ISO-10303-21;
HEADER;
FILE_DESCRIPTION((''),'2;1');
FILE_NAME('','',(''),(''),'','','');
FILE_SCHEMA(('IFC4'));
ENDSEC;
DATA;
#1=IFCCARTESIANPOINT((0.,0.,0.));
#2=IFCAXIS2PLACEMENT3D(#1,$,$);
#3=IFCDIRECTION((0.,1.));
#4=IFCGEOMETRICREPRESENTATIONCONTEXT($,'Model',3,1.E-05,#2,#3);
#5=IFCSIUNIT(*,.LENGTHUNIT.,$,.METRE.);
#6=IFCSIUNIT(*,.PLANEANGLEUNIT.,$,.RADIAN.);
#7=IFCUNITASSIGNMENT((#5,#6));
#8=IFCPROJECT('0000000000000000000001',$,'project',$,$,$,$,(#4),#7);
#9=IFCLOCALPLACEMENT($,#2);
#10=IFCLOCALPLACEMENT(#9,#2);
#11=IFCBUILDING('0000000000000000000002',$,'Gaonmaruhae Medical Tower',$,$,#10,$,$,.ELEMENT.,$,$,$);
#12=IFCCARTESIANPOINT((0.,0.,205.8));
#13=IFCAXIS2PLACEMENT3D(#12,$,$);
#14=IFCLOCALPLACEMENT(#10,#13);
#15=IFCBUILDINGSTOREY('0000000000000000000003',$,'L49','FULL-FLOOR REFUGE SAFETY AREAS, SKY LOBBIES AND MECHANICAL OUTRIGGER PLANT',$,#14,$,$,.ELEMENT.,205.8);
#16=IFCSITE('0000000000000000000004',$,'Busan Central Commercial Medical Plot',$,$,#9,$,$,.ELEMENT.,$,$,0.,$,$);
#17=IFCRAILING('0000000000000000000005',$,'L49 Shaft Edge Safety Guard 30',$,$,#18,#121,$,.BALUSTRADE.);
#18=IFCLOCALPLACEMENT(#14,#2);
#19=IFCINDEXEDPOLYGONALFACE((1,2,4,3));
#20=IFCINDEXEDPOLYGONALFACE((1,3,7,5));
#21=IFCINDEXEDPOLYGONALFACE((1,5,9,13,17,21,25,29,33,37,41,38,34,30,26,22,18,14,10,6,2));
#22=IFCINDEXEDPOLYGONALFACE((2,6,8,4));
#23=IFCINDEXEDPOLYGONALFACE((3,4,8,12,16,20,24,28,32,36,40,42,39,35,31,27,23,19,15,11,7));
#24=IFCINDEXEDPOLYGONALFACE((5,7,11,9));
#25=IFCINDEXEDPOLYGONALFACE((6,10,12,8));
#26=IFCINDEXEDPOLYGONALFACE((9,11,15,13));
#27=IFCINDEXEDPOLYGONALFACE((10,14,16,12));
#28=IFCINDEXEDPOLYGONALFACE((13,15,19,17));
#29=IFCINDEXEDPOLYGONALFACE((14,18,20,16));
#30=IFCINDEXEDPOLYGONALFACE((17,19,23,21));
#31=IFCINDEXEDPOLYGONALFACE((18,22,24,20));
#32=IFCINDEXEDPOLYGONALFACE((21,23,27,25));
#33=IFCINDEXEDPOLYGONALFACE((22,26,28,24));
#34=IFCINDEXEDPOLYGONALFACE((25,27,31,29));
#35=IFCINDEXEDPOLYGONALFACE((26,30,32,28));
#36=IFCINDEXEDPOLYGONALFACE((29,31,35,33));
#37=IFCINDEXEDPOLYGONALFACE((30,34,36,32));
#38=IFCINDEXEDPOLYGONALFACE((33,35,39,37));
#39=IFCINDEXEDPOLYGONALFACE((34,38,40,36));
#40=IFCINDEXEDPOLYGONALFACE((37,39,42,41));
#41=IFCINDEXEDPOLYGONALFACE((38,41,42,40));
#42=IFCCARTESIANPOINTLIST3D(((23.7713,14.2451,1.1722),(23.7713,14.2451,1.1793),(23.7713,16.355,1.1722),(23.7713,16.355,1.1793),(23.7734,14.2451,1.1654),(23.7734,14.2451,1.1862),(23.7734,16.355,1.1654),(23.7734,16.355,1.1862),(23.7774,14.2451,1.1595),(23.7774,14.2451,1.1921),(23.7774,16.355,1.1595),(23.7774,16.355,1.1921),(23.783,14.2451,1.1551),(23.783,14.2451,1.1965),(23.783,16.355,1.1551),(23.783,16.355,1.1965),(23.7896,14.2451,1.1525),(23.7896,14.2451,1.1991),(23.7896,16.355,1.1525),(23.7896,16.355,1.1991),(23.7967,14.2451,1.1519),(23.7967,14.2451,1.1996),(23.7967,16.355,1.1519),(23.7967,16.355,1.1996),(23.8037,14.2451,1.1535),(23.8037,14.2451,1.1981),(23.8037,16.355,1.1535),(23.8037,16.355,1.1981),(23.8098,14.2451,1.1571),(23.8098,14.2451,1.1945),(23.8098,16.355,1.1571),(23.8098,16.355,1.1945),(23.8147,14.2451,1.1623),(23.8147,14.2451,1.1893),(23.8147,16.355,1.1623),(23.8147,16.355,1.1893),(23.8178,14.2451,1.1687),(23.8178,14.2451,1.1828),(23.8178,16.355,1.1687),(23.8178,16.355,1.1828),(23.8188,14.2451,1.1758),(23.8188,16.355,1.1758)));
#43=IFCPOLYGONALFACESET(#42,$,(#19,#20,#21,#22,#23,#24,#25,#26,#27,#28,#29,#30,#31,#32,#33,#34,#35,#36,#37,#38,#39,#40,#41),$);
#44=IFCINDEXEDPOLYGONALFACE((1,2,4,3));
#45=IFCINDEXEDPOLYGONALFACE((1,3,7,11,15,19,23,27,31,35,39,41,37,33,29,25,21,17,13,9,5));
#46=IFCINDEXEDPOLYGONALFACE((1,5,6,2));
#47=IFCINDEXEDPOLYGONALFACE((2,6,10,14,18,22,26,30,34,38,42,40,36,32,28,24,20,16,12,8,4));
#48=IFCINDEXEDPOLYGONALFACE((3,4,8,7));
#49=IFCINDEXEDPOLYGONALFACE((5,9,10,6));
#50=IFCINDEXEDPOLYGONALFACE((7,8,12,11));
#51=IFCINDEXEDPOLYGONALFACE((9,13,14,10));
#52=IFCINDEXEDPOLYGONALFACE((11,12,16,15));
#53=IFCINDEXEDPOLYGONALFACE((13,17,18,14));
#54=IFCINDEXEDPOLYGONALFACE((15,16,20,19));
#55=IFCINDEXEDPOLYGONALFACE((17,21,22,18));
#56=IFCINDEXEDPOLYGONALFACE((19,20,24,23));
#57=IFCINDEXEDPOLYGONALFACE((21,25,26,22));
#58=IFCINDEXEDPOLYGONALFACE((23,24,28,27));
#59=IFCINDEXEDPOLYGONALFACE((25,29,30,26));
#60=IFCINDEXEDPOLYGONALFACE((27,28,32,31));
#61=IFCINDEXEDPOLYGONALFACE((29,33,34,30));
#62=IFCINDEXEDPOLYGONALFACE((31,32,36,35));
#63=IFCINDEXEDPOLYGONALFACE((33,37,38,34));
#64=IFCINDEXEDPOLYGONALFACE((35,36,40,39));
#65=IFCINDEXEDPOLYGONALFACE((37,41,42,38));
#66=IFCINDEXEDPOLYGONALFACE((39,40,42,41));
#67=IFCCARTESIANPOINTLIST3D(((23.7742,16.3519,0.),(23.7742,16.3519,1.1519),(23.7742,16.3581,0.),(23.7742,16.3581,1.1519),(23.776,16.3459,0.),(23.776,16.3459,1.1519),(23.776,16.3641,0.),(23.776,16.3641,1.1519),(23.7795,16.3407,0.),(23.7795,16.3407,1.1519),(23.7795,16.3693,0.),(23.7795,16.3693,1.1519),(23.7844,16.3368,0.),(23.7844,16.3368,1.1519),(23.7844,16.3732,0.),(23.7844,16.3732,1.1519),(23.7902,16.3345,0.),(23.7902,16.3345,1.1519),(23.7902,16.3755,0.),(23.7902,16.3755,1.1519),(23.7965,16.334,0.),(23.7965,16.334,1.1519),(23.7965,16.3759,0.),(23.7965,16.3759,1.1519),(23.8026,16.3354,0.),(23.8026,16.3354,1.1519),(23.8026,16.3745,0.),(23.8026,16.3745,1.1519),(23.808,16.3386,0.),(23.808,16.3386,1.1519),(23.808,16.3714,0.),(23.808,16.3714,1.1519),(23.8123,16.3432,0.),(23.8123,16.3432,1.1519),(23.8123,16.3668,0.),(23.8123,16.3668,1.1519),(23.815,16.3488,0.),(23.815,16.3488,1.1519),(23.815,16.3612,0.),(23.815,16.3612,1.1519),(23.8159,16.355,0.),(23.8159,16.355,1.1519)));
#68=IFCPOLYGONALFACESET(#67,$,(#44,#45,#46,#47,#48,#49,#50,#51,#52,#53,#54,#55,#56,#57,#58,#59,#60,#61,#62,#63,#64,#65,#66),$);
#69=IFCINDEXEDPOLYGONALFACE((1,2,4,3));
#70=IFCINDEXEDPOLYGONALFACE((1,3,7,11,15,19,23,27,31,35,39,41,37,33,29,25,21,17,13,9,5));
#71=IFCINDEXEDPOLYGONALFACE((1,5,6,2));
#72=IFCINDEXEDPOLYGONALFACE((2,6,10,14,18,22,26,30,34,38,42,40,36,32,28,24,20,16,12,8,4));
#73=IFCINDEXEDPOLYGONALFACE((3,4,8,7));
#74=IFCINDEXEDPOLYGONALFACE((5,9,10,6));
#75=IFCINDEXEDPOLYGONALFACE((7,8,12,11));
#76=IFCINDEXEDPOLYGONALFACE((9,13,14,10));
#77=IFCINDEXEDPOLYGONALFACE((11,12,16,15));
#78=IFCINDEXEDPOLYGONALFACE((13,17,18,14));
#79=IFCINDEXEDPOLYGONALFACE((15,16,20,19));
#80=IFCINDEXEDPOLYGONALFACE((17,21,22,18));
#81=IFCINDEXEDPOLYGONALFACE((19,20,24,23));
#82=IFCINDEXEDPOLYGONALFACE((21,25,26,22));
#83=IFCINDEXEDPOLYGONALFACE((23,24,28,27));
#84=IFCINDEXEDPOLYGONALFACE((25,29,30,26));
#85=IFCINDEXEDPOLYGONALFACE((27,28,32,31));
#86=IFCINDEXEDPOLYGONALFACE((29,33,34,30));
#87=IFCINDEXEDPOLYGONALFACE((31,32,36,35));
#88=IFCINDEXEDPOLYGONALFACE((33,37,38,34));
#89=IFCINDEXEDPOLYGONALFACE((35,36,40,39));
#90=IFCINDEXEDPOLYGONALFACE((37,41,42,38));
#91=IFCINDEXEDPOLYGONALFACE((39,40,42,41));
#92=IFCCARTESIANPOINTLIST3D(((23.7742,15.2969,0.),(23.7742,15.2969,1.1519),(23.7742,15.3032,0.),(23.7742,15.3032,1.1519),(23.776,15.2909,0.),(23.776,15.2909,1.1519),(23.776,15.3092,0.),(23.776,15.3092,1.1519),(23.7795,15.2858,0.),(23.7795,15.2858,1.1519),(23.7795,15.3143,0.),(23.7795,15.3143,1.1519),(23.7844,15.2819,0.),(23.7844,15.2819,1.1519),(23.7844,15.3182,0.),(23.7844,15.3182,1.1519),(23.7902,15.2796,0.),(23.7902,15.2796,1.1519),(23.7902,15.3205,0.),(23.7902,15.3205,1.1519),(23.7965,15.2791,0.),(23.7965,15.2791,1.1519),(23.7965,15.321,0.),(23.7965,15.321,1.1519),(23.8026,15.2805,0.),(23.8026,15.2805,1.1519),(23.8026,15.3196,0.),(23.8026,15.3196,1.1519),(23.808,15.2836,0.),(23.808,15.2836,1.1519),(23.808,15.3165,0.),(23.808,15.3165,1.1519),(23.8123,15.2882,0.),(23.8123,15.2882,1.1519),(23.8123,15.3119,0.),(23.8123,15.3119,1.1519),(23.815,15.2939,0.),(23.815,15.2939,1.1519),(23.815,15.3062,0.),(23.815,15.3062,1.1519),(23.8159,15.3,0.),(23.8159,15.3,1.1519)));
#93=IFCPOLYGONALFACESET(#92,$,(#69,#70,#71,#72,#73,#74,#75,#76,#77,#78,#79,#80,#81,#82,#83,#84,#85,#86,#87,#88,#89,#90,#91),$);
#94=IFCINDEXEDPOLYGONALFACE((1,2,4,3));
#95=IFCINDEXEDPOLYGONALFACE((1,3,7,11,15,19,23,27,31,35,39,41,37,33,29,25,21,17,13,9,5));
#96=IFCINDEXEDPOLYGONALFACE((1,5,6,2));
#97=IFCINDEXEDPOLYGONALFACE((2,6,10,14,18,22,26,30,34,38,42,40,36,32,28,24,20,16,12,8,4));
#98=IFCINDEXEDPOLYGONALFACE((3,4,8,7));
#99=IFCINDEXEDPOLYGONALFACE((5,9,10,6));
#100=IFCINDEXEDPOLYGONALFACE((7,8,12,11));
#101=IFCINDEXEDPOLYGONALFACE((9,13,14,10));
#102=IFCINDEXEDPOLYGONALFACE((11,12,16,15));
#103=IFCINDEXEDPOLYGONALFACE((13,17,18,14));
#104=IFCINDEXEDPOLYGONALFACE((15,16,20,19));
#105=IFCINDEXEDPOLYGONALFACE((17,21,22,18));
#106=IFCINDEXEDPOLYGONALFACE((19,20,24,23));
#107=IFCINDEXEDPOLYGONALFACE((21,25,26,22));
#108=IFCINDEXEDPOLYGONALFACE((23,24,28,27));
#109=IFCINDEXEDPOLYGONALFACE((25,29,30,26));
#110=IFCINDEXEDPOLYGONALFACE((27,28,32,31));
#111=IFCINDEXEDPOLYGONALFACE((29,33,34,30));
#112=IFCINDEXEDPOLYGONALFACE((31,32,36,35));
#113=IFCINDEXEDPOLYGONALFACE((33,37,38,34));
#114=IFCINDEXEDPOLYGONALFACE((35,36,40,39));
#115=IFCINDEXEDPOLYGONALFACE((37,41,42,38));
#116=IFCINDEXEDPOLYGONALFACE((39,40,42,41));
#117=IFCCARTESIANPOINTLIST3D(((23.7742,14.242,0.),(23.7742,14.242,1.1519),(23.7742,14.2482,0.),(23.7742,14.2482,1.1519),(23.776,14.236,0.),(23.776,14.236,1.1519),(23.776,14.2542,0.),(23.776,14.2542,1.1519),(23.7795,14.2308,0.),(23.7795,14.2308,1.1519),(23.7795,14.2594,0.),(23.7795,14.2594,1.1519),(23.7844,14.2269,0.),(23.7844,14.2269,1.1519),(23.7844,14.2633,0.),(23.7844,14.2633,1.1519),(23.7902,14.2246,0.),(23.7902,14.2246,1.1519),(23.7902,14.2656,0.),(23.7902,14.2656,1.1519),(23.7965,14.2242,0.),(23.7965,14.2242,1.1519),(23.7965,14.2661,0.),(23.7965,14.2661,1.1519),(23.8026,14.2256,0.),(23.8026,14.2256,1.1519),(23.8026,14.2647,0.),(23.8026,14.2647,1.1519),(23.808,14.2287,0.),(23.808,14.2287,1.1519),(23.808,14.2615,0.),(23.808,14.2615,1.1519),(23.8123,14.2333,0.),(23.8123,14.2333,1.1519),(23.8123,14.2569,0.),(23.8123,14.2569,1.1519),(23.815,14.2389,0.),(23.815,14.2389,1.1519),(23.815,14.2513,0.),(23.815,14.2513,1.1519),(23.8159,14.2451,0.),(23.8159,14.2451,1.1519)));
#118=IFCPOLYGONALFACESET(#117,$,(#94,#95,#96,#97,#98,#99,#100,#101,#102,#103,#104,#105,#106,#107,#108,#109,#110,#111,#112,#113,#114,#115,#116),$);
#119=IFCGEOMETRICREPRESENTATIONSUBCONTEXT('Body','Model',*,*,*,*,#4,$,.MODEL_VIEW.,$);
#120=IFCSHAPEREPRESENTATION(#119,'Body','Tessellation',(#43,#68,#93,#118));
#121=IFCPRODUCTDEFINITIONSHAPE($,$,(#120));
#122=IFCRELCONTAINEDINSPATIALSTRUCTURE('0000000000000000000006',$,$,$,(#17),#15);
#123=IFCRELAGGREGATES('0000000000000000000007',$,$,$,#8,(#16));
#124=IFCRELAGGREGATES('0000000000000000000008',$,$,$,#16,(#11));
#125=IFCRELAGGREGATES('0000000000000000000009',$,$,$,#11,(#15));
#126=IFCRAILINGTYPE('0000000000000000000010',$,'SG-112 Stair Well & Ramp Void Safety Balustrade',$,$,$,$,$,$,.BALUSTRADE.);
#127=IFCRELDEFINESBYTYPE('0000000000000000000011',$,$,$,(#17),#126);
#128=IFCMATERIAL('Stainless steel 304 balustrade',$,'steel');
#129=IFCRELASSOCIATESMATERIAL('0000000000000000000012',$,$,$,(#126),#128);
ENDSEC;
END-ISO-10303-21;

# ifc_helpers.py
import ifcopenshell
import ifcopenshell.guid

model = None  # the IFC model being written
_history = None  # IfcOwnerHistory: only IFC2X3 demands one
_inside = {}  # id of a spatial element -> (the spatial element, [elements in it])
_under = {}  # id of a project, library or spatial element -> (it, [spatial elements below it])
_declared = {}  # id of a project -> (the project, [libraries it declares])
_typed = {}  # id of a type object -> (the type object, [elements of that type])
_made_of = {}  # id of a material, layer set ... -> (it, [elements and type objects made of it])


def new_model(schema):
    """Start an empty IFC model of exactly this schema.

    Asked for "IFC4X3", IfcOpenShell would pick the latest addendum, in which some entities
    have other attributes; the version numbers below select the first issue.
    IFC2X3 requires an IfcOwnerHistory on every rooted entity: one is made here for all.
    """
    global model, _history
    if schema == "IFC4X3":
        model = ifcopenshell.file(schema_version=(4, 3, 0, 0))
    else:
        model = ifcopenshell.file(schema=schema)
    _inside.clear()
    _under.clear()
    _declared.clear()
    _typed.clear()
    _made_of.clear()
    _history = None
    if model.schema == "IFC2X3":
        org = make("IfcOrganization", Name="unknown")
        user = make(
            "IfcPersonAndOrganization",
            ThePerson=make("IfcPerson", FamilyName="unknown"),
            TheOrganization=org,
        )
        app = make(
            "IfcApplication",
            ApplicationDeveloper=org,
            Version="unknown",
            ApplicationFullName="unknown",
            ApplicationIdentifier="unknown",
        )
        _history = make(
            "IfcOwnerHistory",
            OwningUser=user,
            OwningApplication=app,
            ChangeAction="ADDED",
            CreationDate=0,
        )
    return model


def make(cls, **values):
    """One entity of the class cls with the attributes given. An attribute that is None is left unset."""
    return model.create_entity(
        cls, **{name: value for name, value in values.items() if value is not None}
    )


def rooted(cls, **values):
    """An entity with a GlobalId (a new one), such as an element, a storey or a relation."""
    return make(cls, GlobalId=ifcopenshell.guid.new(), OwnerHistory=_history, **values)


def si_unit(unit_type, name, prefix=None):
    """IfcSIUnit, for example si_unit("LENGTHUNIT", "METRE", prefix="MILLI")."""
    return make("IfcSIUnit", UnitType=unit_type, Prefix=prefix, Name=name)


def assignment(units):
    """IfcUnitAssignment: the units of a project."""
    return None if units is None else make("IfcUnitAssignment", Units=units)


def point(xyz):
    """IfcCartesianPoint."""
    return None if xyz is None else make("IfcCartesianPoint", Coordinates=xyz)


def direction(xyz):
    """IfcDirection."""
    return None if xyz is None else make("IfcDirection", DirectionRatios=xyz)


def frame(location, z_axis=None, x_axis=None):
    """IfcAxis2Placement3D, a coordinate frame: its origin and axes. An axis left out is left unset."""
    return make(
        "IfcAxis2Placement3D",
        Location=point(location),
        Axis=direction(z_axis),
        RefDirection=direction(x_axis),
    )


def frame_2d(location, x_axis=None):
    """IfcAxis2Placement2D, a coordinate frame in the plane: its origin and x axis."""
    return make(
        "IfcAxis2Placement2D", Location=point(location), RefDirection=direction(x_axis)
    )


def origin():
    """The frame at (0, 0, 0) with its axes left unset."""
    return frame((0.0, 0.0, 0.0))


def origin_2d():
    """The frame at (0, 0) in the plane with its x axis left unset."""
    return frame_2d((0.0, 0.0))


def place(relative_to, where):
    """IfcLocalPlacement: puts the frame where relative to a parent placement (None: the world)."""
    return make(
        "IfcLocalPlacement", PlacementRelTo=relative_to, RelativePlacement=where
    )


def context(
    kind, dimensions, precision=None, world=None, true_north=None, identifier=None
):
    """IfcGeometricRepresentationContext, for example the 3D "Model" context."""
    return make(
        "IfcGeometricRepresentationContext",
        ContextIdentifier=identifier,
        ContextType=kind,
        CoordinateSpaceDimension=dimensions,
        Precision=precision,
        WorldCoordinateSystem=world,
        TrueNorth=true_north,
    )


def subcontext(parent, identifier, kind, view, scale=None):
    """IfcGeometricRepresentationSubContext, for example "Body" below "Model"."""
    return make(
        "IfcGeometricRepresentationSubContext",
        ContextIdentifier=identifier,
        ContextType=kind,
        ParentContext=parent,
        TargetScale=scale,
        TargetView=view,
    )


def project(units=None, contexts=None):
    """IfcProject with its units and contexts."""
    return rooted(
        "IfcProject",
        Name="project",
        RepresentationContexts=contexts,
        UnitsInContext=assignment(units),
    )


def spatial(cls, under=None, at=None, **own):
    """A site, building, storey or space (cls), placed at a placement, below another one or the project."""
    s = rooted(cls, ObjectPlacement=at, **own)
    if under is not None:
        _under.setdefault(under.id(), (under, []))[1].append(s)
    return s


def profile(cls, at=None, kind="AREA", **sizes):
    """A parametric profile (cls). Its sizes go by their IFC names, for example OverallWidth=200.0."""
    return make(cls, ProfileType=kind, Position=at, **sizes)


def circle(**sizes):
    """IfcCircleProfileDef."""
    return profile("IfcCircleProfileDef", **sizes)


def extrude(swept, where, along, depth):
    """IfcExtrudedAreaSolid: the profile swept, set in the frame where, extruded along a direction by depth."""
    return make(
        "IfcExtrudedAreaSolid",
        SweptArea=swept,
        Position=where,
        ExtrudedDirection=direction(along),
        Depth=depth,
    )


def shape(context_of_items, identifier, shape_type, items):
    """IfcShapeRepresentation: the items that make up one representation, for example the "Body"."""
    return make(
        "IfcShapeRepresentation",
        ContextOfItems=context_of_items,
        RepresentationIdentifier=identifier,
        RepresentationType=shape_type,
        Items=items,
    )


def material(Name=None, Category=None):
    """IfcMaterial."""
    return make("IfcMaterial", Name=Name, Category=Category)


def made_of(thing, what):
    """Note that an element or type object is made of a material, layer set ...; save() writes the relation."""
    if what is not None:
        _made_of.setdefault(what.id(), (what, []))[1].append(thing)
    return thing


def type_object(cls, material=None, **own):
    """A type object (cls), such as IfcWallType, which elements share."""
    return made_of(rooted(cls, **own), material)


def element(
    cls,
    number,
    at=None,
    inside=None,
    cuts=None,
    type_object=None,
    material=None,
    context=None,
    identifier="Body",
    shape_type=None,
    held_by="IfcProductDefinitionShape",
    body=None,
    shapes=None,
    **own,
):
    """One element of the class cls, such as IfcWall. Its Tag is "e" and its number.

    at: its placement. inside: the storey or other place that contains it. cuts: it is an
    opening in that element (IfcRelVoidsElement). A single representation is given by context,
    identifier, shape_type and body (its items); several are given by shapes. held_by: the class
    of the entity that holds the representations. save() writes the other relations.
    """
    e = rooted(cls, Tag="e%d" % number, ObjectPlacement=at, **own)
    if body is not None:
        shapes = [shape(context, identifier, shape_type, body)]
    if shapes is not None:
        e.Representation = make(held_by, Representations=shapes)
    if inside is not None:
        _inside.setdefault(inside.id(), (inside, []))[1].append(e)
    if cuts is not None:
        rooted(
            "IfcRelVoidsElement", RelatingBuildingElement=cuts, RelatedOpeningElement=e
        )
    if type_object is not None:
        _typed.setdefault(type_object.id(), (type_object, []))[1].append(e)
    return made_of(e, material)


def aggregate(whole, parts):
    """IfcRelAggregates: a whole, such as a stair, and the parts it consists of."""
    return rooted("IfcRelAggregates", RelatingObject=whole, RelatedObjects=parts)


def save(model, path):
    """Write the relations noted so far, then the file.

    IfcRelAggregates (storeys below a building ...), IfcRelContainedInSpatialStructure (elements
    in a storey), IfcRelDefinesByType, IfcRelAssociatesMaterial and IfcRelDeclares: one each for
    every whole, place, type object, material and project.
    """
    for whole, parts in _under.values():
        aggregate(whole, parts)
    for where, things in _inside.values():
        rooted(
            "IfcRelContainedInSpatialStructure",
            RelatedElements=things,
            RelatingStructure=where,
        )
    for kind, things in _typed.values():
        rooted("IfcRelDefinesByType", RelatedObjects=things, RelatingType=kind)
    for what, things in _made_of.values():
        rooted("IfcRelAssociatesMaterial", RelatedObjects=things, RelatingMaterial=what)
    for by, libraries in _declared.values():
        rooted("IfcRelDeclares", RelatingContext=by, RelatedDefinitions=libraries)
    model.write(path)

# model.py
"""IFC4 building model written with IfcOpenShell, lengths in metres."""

from ifc_helpers import new_model, si_unit, direction, frame, origin, origin_2d, place, context, subcontext, project, spatial, circle, extrude, material, type_object, element, save


model = new_model("IFC4")

# Units and contexts
model_context = context("Model", 3, precision=1e-05, world=origin(), true_north=direction((0.0, 1.0)))
body_context = subcontext(model_context, "Body", "Model", "MODEL_VIEW")
ifc_project = project(units=[si_unit("LENGTHUNIT", "METRE"), si_unit("PLANEANGLEUNIT", "RADIAN")], contexts=[model_context])

# Site, building, storey
site_placement = place(None, origin())
site = spatial("IfcSite", under=ifc_project, at=site_placement, Name="Busan Central Commercial Medical Plot", CompositionType="ELEMENT", RefElevation=0.0)
building_placement = place(site_placement, origin())
building = spatial("IfcBuilding", under=site, at=building_placement, Name="Gaonmaruhae Medical Tower", CompositionType="ELEMENT")
storey_placement = place(building_placement, frame((0.0, 0.0, 205.8)))
storey = spatial("IfcBuildingStorey", under=building, at=storey_placement, Name="L49", Description="FULL-FLOOR REFUGE SAFETY AREAS, SKY LOBBIES AND MECHANICAL OUTRIGGER PLANT", CompositionType="ELEMENT", Elevation=205.8)

# Railing
ifc_material_1 = material(Name="Stainless steel 304 balustrade", Category="steel")
railing_type = type_object("IfcRailingType", Name="SG-112 Stair Well & Ramp Void Safety Balustrade", PredefinedType="BALUSTRADE", material=ifc_material_1)
railing_1_placement = place(storey_placement, frame((23.7949, 16.355, 0.0)))
element("IfcRailing", 1, at=railing_1_placement, inside=storey, type_object=railing_type, Name="L49 Shaft Edge Safety Guard 30", PredefinedType="BALUSTRADE", context=body_context, shape_type="SweptSolid", body=[
    extrude(circle(Radius=0.0239, at=origin_2d()), frame((0.0, 0.0, 1.1758), z_axis=(0.0, -1.0, 0.0), x_axis=(1.0, 0.0, 0.0)), (0.0, 0.0, 1.0), 2.1099),
    extrude(circle(Radius=0.021, at=origin_2d()), origin(), (0.0, 0.0, 1.0), 1.1519),
    extrude(circle(Radius=0.021, at=origin_2d()), frame((0.0, -1.0549, 0.0)), (0.0, 0.0, 1.0), 1.1519),
    extrude(circle(Radius=0.021, at=origin_2d()), frame((0.0, -2.1099, 0.0)), (0.0, 0.0, 1.0), 1.1519),
])

save(model, "model.ifc")
